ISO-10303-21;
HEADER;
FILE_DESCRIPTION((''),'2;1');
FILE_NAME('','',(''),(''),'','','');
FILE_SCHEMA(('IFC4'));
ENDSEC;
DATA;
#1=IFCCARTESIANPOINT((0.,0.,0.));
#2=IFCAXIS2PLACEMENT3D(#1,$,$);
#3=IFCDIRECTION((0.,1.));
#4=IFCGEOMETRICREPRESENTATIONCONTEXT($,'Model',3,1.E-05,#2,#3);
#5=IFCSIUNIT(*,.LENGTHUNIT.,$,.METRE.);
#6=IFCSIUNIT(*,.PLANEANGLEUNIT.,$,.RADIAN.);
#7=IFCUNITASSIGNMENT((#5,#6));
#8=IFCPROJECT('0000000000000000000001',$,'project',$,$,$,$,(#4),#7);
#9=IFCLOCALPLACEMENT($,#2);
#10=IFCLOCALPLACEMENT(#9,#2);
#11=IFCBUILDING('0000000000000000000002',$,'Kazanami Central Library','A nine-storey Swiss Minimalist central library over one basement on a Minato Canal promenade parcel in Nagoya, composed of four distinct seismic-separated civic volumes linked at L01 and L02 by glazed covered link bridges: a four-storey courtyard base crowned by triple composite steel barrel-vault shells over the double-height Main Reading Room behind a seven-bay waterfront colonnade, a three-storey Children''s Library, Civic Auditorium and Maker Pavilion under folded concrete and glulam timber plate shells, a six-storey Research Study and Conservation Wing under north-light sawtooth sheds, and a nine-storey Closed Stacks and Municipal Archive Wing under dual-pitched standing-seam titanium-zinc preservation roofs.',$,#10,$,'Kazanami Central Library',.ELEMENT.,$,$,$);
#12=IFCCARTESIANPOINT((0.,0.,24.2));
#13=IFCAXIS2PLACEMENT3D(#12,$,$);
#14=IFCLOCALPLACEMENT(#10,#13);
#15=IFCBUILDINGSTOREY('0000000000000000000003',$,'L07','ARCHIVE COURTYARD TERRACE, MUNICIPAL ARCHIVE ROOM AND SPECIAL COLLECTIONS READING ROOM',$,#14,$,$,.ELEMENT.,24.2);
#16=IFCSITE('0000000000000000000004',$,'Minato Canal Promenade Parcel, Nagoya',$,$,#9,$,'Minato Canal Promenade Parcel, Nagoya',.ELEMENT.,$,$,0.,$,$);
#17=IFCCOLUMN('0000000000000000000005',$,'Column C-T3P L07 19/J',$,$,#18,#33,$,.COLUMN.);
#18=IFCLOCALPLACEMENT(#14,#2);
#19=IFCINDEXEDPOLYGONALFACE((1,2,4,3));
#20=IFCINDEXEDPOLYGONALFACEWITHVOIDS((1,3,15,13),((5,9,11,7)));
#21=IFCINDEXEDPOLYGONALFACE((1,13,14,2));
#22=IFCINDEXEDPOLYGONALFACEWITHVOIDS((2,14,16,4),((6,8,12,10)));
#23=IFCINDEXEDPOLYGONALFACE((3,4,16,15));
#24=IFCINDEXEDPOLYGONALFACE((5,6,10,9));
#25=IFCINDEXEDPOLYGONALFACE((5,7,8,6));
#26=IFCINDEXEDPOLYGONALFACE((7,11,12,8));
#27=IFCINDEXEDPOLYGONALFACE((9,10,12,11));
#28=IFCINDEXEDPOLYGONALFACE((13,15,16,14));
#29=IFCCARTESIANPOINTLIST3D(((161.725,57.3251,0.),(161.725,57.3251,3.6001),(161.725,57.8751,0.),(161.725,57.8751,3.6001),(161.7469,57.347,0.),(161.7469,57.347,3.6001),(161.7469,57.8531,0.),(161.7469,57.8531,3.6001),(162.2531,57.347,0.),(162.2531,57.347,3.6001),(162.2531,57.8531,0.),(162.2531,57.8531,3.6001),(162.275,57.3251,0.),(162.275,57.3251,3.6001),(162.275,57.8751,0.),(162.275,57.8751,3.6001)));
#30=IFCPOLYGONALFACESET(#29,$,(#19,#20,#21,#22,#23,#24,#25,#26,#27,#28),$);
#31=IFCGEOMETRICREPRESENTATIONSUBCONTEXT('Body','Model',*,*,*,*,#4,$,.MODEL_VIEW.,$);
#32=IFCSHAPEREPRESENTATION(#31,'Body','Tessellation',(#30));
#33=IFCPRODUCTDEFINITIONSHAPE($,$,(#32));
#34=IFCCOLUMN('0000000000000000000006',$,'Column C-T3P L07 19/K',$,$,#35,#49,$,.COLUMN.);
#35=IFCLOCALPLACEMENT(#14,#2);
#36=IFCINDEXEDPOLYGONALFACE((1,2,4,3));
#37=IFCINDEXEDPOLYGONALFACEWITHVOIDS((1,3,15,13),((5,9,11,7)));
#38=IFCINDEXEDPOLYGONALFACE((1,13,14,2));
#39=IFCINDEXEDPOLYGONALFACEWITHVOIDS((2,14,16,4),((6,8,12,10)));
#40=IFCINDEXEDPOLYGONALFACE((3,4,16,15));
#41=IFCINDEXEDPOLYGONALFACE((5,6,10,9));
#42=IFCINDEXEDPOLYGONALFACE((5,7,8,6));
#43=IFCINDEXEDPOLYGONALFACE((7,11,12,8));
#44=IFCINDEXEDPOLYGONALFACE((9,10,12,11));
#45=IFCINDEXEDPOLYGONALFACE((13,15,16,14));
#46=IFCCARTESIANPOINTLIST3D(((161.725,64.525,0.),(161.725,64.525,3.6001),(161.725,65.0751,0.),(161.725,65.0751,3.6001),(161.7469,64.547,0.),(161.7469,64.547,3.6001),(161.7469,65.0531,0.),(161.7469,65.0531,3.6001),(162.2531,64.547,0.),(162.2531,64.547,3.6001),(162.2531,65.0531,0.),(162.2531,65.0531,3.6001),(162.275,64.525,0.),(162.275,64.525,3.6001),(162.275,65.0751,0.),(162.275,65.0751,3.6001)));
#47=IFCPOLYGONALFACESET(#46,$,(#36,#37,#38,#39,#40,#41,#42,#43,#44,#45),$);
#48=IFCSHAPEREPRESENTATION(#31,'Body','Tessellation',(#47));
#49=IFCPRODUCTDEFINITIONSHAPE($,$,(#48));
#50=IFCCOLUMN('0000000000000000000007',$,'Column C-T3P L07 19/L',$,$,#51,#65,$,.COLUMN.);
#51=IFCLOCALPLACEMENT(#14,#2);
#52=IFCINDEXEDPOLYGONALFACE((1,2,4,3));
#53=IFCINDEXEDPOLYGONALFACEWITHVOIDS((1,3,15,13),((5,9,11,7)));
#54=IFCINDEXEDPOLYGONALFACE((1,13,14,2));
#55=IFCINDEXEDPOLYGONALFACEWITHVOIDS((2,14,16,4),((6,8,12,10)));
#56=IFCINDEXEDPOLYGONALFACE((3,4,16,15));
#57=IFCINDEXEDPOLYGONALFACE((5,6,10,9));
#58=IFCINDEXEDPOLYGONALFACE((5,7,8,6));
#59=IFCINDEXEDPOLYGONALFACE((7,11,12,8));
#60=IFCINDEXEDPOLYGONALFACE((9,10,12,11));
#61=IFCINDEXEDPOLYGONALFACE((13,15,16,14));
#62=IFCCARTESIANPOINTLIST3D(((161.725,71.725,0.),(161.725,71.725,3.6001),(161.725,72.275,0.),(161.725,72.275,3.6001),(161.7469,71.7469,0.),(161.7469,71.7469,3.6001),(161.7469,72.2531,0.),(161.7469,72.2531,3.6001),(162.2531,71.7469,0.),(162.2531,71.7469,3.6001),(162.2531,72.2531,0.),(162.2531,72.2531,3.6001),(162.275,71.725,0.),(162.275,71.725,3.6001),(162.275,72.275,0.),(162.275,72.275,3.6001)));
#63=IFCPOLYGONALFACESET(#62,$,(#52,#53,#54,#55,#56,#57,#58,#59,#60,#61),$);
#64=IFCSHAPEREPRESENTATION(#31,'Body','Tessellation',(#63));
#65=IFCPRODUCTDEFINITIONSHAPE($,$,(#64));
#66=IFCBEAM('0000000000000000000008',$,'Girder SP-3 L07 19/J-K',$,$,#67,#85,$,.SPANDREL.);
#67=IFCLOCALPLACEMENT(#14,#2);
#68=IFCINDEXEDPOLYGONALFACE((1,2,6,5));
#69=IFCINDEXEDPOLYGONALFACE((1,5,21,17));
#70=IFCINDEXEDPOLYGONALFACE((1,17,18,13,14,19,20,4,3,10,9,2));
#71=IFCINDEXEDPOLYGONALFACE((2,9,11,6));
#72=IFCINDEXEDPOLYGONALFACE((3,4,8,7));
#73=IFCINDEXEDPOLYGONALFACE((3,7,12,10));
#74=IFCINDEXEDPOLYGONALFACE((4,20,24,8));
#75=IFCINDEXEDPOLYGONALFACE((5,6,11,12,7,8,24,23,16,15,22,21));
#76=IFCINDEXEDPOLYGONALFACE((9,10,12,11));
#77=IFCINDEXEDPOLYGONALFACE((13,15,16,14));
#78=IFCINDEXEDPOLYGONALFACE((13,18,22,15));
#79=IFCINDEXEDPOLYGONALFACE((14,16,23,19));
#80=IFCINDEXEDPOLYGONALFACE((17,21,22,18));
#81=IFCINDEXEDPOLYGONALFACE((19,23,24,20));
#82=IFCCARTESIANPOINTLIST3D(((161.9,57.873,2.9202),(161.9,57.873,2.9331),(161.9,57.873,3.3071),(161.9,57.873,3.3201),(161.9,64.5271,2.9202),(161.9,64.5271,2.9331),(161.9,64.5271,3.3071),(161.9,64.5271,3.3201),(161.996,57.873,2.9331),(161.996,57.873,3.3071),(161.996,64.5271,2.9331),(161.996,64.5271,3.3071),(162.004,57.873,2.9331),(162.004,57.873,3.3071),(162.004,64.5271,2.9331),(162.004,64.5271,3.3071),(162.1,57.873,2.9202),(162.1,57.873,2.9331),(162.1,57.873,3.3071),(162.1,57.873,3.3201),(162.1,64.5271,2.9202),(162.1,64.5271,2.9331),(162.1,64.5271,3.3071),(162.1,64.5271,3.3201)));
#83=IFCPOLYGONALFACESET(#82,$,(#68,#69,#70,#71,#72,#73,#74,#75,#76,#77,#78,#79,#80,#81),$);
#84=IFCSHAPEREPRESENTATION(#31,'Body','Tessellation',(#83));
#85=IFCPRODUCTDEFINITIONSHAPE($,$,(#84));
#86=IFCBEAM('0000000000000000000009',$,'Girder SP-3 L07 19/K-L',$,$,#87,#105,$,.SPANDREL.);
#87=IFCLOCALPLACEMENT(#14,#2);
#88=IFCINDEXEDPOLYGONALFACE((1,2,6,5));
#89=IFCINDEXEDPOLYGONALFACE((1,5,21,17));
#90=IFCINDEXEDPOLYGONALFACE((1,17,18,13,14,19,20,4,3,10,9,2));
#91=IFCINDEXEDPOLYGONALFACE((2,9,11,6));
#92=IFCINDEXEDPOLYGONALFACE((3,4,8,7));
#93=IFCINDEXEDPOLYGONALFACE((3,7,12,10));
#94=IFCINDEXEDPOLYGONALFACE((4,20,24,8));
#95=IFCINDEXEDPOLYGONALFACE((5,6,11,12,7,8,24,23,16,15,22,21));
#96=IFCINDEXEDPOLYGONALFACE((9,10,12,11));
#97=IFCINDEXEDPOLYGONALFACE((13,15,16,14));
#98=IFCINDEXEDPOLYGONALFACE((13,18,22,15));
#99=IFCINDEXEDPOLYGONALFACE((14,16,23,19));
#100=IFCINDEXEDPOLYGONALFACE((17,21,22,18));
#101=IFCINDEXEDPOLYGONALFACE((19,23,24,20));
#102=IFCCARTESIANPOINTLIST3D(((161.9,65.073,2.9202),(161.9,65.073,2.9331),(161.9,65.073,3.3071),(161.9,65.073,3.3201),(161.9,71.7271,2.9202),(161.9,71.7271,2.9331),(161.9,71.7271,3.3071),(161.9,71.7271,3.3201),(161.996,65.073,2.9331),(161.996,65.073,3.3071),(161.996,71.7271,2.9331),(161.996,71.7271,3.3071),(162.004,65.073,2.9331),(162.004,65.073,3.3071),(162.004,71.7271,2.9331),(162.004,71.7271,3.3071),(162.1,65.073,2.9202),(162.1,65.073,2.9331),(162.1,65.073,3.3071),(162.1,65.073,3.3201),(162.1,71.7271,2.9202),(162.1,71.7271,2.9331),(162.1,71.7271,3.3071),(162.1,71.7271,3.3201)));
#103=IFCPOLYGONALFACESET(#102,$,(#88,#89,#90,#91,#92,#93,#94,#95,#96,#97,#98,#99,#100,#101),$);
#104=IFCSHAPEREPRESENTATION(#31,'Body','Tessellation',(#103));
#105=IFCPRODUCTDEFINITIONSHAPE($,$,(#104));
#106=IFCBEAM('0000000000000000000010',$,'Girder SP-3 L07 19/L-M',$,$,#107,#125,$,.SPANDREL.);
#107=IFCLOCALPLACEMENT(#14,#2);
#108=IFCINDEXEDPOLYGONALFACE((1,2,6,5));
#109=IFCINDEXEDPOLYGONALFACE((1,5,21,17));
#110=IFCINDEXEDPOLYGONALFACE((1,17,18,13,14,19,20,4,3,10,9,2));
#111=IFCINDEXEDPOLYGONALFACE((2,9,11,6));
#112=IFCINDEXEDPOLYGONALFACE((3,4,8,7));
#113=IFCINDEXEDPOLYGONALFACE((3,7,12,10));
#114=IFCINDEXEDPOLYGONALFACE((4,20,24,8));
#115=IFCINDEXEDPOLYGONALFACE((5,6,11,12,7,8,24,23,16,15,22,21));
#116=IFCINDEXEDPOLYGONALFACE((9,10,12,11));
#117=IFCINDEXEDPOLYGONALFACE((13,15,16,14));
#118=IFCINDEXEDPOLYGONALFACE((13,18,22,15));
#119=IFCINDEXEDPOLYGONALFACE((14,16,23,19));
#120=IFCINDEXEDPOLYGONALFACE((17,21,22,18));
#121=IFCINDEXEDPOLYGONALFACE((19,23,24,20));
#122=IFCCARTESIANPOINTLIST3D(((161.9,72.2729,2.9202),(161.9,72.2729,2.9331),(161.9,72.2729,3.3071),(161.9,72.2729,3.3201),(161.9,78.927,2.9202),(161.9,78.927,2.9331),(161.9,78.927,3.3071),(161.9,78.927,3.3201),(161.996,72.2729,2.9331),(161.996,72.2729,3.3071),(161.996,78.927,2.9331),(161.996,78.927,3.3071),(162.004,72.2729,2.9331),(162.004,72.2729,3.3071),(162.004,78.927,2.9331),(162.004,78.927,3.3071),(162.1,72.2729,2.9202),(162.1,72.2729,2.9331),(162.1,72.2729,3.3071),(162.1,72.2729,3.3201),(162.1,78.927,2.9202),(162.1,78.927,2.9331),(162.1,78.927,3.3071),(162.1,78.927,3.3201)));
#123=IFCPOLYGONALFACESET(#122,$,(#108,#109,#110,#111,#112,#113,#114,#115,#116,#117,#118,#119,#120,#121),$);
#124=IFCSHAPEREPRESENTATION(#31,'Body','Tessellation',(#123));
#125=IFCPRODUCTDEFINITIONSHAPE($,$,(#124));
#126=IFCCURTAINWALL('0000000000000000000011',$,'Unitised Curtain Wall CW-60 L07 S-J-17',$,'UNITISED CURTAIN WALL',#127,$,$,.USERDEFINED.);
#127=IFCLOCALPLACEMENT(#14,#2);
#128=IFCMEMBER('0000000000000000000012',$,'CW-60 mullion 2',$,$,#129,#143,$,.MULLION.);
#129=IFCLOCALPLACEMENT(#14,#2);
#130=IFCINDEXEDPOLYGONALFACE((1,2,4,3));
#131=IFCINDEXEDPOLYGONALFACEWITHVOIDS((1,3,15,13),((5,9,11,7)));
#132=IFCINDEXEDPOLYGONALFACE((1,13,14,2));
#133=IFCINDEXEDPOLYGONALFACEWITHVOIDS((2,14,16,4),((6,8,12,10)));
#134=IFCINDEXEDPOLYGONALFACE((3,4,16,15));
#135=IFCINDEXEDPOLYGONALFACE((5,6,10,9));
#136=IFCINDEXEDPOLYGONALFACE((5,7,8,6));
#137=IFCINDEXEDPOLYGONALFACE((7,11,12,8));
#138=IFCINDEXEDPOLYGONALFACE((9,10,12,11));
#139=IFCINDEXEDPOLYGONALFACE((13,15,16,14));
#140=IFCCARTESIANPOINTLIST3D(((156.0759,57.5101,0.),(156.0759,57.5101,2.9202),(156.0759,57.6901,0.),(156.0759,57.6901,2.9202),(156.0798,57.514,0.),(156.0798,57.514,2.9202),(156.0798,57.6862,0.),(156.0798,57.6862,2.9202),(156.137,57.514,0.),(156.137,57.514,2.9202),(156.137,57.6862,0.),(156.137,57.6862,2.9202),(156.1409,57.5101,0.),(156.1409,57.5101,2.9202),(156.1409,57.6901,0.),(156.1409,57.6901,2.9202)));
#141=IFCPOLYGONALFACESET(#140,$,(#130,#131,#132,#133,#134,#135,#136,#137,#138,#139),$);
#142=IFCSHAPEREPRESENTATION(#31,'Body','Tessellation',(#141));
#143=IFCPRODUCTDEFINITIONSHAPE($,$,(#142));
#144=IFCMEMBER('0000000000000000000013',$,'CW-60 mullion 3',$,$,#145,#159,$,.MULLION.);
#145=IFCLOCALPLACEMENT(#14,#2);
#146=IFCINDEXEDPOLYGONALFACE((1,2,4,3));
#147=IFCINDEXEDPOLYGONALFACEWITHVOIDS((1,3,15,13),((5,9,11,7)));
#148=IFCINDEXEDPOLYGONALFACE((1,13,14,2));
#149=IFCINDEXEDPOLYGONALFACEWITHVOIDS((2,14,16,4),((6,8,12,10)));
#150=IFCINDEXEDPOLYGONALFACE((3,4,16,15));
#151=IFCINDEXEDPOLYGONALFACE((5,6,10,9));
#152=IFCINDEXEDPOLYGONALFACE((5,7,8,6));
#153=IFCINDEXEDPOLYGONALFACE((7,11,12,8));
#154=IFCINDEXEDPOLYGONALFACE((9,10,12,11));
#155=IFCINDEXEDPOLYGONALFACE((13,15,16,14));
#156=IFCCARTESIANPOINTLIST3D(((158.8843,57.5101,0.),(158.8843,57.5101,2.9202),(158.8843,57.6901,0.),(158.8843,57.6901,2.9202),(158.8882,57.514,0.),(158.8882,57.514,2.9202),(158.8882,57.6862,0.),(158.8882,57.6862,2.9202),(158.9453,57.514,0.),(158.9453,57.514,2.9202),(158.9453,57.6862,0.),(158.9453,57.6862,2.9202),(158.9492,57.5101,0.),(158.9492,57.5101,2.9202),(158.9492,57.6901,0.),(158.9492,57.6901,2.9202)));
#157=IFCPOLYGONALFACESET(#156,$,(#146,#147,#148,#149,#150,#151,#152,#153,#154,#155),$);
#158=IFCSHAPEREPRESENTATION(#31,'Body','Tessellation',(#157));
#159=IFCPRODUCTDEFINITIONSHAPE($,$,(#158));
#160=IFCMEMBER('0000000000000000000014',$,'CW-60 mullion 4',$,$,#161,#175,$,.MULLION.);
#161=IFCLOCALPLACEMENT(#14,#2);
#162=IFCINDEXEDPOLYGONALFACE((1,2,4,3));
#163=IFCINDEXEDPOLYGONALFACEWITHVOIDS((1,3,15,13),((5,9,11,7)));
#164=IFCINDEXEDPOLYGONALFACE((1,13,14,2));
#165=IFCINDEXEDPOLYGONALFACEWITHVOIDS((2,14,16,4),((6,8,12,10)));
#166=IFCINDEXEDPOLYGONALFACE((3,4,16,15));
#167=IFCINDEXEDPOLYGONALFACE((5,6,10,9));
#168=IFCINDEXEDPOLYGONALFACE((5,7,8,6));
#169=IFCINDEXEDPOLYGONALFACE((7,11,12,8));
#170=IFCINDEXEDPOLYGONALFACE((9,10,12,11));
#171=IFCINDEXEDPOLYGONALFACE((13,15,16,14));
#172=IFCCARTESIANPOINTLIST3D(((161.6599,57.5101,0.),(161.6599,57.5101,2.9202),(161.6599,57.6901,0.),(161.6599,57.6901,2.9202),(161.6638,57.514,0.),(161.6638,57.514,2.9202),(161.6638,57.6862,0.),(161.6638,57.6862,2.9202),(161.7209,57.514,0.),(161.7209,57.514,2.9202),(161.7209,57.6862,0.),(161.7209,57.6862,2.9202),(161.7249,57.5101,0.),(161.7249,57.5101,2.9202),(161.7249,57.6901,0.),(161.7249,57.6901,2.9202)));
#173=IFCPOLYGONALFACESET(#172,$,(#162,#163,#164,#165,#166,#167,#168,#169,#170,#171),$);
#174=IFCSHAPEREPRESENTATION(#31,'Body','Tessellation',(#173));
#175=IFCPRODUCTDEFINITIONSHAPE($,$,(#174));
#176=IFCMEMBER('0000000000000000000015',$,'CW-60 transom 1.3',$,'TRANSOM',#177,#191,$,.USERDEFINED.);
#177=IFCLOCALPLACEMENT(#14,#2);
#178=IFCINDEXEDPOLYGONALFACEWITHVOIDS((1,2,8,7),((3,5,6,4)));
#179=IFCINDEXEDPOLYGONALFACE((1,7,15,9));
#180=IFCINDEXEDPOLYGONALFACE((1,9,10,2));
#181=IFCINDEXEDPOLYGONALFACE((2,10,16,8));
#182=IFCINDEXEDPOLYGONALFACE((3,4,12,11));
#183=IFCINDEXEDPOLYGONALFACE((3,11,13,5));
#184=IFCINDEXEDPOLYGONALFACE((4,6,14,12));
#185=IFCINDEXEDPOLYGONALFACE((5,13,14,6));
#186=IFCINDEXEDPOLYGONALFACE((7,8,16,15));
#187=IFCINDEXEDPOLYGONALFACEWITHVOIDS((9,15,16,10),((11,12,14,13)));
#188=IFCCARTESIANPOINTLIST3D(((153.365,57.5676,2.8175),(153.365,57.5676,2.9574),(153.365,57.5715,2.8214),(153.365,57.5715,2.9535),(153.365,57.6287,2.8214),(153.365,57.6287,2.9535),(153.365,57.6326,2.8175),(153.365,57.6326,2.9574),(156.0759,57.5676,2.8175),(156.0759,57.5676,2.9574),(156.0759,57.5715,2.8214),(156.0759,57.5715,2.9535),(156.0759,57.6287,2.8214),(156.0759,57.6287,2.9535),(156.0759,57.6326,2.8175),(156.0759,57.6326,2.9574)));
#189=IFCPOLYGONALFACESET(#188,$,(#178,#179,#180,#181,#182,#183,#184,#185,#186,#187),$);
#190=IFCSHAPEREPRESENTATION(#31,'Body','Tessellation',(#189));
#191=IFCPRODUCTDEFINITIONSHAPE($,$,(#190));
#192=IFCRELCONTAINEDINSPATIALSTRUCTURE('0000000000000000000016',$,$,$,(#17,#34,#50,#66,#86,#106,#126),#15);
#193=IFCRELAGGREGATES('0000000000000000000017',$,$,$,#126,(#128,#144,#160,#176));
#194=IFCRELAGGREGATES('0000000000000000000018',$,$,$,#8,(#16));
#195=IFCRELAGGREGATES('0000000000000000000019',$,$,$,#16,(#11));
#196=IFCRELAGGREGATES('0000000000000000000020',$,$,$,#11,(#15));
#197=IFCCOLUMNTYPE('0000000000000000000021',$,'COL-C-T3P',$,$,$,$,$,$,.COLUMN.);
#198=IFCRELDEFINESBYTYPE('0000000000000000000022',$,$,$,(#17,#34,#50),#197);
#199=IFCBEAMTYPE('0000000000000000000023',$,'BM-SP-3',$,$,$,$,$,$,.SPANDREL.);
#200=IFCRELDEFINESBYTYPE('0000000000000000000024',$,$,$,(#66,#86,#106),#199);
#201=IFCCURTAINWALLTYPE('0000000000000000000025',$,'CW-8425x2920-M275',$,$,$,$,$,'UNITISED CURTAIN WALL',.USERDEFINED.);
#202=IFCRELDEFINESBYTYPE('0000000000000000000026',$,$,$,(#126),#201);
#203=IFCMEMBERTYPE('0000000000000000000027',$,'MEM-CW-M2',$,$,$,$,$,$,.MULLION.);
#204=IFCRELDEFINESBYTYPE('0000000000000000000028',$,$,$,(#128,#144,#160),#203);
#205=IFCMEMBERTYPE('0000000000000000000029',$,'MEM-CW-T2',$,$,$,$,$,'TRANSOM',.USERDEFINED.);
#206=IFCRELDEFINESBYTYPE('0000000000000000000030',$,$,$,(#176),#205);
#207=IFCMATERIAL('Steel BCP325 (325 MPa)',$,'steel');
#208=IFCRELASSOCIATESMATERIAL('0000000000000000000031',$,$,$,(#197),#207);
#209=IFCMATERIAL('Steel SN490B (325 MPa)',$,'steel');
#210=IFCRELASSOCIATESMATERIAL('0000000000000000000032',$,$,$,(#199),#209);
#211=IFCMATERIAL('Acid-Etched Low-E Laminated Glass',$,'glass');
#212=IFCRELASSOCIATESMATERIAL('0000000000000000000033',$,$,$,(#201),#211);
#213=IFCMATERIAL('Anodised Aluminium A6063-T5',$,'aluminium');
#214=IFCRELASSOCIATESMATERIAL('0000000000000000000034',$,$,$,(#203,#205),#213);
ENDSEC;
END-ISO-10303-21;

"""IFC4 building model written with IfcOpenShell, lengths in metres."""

from ifc_helpers import new_model, si_unit, direction, frame, origin, origin_2d, place, context, subcontext, project, spatial, hollow_rectangle, i_section, extrude, material, material_profile, profile_set, type_object, element, aggregate, save


model = new_model("IFC4")

# Units and contexts
model_context = context("Model", 3, precision=1e-05, world=origin(), true_north=direction((0.0, 1.0)))
body_context = subcontext(model_context, "Body", "Model", "MODEL_VIEW")
ifc_project = project(units=[si_unit("LENGTHUNIT", "METRE"), si_unit("PLANEANGLEUNIT", "RADIAN")], contexts=[model_context])

# Site, building, storey
site_placement = place(None, origin())
site = spatial("IfcSite", under=ifc_project, at=site_placement, Name="Minato Canal Promenade Parcel, Nagoya", LongName="Minato Canal Promenade Parcel, Nagoya", CompositionType="ELEMENT", RefElevation=0.0)
building_placement = place(site_placement, origin())
building = spatial("IfcBuilding", under=site, at=building_placement, Name="Kazanami Central Library", Description="A nine-storey Swiss Minimalist central library over one basement on a Minato Canal promenade parcel in Nagoya, composed of four distinct seismic-separated civic volumes linked at L01 and L02 by glazed covered link bridges: a four-storey courtyard base crowned by triple composite steel barrel-vault shells over the double-height Main Reading Room behind a seven-bay waterfront colonnade, a three-storey Children's Library, Civic Auditorium and Maker Pavilion under folded concrete and glulam timber plate shells, a six-storey Research Study and Conservation Wing under north-light sawtooth sheds, and a nine-storey Closed Stacks and Municipal Archive Wing under dual-pitched standing-seam titanium-zinc preservation roofs.", LongName="Kazanami Central Library", CompositionType="ELEMENT")
storey_placement = place(building_placement, frame((0.0, 0.0, 24.2)))
storey = spatial("IfcBuildingStorey", under=building, at=storey_placement, Name="L07", Description="ARCHIVE COURTYARD TERRACE, MUNICIPAL ARCHIVE ROOM AND SPECIAL COLLECTIONS READING ROOM", CompositionType="ELEMENT", Elevation=24.2)

# Columns
ifc_material_1 = material(Name="Steel BCP325 (325 MPa)", Category="steel")
ifc_material_profile_1 = material_profile(ifc_material_1, hollow_rectangle(XDim=0.55, YDim=0.55, WallThickness=0.022, at=origin_2d()), Name="BCP-550x550x22")
ifc_profile_set_1 = profile_set([ifc_material_profile_1], Name="Steel BCP325 (325 MPa)")
column_type = type_object("IfcColumnType", Name="COL-C-T3P", PredefinedType="COLUMN", material=ifc_profile_set_1)
for number, where, z_axis, x_axis, name in (
    (1, (162.0, 57.6001, 0.0), (0.0, 0.0, 1.0), (1.0, 0.0, 0.0), "Column C-T3P L07 19/J"),
    (2, (162.0, 64.8, 0.0), (0.0, 0.0, 1.0), (1.0, 0.0, 0.0), "Column C-T3P L07 19/K"),
    (3, (162.0, 72.0, 0.0), (0.0, 0.0, 1.0), (1.0, 0.0, 0.0), "Column C-T3P L07 19/L"),
):
    element("IfcColumn", number, at=place(storey_placement, frame(where, z_axis=z_axis, x_axis=x_axis)), inside=storey, type_object=column_type, Name=name, PredefinedType="COLUMN", context=body_context, shape_type="SweptSolid", body=[
        extrude(hollow_rectangle(XDim=0.55, YDim=0.55, WallThickness=0.022, at=origin_2d()), origin(), (0.0, 0.0, 1.0), 3.6001),
    ])

# Beams
ifc_material_2 = material(Name="Steel SN490B (325 MPa)", Category="steel")
ifc_material_profile_2 = material_profile(ifc_material_2, i_section(OverallWidth=0.2, OverallDepth=0.3999, WebThickness=0.0081, FlangeThickness=0.0129, at=origin_2d()), Name="H-400x200x8x13")
ifc_profile_set_2 = profile_set([ifc_material_profile_2], Name="Steel SN490B (325 MPa)")
beam_type = type_object("IfcBeamType", Name="BM-SP-3", PredefinedType="SPANDREL", material=ifc_profile_set_2)
for number, where, z_axis, x_axis, name in (
    (4, (162.0, 57.873, 3.1201), (0.0, 1.0, 0.0), (-1.0, 0.0, 0.0), "Girder SP-3 L07 19/J-K"),
    (5, (162.0, 65.073, 3.1201), (0.0, 1.0, 0.0), (-1.0, 0.0, 0.0), "Girder SP-3 L07 19/K-L"),
    (6, (162.0, 72.2729, 3.1201), (0.0, 1.0, 0.0), (-1.0, 0.0, 0.0), "Girder SP-3 L07 19/L-M"),
):
    element("IfcBeam", number, at=place(storey_placement, frame(where, z_axis=z_axis, x_axis=x_axis)), inside=storey, type_object=beam_type, Name=name, PredefinedType="SPANDREL", context=body_context, shape_type="SweptSolid", body=[
        extrude(i_section(OverallWidth=0.2, OverallDepth=0.3999, WebThickness=0.0081, FlangeThickness=0.0129, at=origin_2d()), origin(), (0.0, 0.0, 1.0), 6.6541),
    ])

# Curtain wall, members
ifc_material_3 = material(Name="Acid-Etched Low-E Laminated Glass", Category="glass")
curtain_wall_type = type_object("IfcCurtainWallType", Name="CW-8425x2920-M275", ElementType="UNITISED CURTAIN WALL", PredefinedType="USERDEFINED", material=ifc_material_3)
curtain_wall_placement = place(storey_placement, origin())
curtain_wall = element("IfcCurtainWall", 7, at=curtain_wall_placement, inside=storey, type_object=curtain_wall_type, Name="Unitised Curtain Wall CW-60 L07 S-J-17", ObjectType="UNITISED CURTAIN WALL", PredefinedType="USERDEFINED")
ifc_material_4 = material(Name="Anodised Aluminium A6063-T5", Category="aluminium")
ifc_material_profile_3 = material_profile(ifc_material_4, hollow_rectangle(XDim=0.0649, YDim=0.1799, WallThickness=0.0039, at=origin_2d()), Name="ALU-MULL-65x180x4")
ifc_profile_set_3 = profile_set([ifc_material_profile_3], Name="Anodised Aluminium A6063-T5")
member_type_1 = type_object("IfcMemberType", Name="MEM-CW-M2", PredefinedType="MULLION", material=ifc_profile_set_3)
member_1_placement = place(storey_placement, frame((156.1084, 57.6001, 0.0), z_axis=(0.0, 0.0, 1.0), x_axis=(1.0, 0.0, 0.0)))
member_1 = element("IfcMember", 8, at=member_1_placement, type_object=member_type_1, Name="CW-60 mullion 2", PredefinedType="MULLION", context=body_context, shape_type="SweptSolid", body=[
    extrude(hollow_rectangle(XDim=0.0649, YDim=0.1799, WallThickness=0.0039, at=origin_2d()), origin(), (0.0, 0.0, 1.0), 2.9202),
])
member_2_placement = place(storey_placement, frame((158.9167, 57.6001, 0.0), z_axis=(0.0, 0.0, 1.0), x_axis=(1.0, 0.0, 0.0)))
member_2 = element("IfcMember", 9, at=member_2_placement, type_object=member_type_1, Name="CW-60 mullion 3", PredefinedType="MULLION", context=body_context, shape_type="SweptSolid", body=[
    extrude(hollow_rectangle(XDim=0.0649, YDim=0.1799, WallThickness=0.0039, at=origin_2d()), origin(), (0.0, 0.0, 1.0), 2.9202),
])
member_3_placement = place(storey_placement, frame((161.6924, 57.6001, 0.0), z_axis=(0.0, 0.0, 1.0), x_axis=(1.0, 0.0, 0.0)))
member_3 = element("IfcMember", 10, at=member_3_placement, type_object=member_type_1, Name="CW-60 mullion 4", PredefinedType="MULLION", context=body_context, shape_type="SweptSolid", body=[
    extrude(hollow_rectangle(XDim=0.0649, YDim=0.1799, WallThickness=0.0039, at=origin_2d()), origin(), (0.0, 0.0, 1.0), 2.9202),
])
ifc_material_profile_4 = material_profile(ifc_material_4, hollow_rectangle(XDim=0.0649, YDim=0.1399, WallThickness=0.0039, at=origin_2d()), Name="ALU-TRAN-65x140x4")
ifc_profile_set_4 = profile_set([ifc_material_profile_4], Name="Anodised Aluminium A6063-T5")
member_type_2 = type_object("IfcMemberType", Name="MEM-CW-T2", ElementType="TRANSOM", PredefinedType="USERDEFINED", material=ifc_profile_set_4)
member_4_placement = place(storey_placement, frame((153.365, 57.6001, 2.8875), z_axis=(1.0, 0.0, 0.0), x_axis=(0.0, 1.0, 0.0)))
member_4 = element("IfcMember", 11, at=member_4_placement, type_object=member_type_2, Name="CW-60 transom 1.3", ObjectType="TRANSOM", PredefinedType="USERDEFINED", context=body_context, shape_type="SweptSolid", body=[
    extrude(hollow_rectangle(XDim=0.0649, YDim=0.1399, WallThickness=0.0039, at=origin_2d()), origin(), (0.0, 0.0, 1.0), 2.7109),
])
aggregate(curtain_wall, [member_1, member_2, member_3, member_4])

save(model, "model.ifc")
